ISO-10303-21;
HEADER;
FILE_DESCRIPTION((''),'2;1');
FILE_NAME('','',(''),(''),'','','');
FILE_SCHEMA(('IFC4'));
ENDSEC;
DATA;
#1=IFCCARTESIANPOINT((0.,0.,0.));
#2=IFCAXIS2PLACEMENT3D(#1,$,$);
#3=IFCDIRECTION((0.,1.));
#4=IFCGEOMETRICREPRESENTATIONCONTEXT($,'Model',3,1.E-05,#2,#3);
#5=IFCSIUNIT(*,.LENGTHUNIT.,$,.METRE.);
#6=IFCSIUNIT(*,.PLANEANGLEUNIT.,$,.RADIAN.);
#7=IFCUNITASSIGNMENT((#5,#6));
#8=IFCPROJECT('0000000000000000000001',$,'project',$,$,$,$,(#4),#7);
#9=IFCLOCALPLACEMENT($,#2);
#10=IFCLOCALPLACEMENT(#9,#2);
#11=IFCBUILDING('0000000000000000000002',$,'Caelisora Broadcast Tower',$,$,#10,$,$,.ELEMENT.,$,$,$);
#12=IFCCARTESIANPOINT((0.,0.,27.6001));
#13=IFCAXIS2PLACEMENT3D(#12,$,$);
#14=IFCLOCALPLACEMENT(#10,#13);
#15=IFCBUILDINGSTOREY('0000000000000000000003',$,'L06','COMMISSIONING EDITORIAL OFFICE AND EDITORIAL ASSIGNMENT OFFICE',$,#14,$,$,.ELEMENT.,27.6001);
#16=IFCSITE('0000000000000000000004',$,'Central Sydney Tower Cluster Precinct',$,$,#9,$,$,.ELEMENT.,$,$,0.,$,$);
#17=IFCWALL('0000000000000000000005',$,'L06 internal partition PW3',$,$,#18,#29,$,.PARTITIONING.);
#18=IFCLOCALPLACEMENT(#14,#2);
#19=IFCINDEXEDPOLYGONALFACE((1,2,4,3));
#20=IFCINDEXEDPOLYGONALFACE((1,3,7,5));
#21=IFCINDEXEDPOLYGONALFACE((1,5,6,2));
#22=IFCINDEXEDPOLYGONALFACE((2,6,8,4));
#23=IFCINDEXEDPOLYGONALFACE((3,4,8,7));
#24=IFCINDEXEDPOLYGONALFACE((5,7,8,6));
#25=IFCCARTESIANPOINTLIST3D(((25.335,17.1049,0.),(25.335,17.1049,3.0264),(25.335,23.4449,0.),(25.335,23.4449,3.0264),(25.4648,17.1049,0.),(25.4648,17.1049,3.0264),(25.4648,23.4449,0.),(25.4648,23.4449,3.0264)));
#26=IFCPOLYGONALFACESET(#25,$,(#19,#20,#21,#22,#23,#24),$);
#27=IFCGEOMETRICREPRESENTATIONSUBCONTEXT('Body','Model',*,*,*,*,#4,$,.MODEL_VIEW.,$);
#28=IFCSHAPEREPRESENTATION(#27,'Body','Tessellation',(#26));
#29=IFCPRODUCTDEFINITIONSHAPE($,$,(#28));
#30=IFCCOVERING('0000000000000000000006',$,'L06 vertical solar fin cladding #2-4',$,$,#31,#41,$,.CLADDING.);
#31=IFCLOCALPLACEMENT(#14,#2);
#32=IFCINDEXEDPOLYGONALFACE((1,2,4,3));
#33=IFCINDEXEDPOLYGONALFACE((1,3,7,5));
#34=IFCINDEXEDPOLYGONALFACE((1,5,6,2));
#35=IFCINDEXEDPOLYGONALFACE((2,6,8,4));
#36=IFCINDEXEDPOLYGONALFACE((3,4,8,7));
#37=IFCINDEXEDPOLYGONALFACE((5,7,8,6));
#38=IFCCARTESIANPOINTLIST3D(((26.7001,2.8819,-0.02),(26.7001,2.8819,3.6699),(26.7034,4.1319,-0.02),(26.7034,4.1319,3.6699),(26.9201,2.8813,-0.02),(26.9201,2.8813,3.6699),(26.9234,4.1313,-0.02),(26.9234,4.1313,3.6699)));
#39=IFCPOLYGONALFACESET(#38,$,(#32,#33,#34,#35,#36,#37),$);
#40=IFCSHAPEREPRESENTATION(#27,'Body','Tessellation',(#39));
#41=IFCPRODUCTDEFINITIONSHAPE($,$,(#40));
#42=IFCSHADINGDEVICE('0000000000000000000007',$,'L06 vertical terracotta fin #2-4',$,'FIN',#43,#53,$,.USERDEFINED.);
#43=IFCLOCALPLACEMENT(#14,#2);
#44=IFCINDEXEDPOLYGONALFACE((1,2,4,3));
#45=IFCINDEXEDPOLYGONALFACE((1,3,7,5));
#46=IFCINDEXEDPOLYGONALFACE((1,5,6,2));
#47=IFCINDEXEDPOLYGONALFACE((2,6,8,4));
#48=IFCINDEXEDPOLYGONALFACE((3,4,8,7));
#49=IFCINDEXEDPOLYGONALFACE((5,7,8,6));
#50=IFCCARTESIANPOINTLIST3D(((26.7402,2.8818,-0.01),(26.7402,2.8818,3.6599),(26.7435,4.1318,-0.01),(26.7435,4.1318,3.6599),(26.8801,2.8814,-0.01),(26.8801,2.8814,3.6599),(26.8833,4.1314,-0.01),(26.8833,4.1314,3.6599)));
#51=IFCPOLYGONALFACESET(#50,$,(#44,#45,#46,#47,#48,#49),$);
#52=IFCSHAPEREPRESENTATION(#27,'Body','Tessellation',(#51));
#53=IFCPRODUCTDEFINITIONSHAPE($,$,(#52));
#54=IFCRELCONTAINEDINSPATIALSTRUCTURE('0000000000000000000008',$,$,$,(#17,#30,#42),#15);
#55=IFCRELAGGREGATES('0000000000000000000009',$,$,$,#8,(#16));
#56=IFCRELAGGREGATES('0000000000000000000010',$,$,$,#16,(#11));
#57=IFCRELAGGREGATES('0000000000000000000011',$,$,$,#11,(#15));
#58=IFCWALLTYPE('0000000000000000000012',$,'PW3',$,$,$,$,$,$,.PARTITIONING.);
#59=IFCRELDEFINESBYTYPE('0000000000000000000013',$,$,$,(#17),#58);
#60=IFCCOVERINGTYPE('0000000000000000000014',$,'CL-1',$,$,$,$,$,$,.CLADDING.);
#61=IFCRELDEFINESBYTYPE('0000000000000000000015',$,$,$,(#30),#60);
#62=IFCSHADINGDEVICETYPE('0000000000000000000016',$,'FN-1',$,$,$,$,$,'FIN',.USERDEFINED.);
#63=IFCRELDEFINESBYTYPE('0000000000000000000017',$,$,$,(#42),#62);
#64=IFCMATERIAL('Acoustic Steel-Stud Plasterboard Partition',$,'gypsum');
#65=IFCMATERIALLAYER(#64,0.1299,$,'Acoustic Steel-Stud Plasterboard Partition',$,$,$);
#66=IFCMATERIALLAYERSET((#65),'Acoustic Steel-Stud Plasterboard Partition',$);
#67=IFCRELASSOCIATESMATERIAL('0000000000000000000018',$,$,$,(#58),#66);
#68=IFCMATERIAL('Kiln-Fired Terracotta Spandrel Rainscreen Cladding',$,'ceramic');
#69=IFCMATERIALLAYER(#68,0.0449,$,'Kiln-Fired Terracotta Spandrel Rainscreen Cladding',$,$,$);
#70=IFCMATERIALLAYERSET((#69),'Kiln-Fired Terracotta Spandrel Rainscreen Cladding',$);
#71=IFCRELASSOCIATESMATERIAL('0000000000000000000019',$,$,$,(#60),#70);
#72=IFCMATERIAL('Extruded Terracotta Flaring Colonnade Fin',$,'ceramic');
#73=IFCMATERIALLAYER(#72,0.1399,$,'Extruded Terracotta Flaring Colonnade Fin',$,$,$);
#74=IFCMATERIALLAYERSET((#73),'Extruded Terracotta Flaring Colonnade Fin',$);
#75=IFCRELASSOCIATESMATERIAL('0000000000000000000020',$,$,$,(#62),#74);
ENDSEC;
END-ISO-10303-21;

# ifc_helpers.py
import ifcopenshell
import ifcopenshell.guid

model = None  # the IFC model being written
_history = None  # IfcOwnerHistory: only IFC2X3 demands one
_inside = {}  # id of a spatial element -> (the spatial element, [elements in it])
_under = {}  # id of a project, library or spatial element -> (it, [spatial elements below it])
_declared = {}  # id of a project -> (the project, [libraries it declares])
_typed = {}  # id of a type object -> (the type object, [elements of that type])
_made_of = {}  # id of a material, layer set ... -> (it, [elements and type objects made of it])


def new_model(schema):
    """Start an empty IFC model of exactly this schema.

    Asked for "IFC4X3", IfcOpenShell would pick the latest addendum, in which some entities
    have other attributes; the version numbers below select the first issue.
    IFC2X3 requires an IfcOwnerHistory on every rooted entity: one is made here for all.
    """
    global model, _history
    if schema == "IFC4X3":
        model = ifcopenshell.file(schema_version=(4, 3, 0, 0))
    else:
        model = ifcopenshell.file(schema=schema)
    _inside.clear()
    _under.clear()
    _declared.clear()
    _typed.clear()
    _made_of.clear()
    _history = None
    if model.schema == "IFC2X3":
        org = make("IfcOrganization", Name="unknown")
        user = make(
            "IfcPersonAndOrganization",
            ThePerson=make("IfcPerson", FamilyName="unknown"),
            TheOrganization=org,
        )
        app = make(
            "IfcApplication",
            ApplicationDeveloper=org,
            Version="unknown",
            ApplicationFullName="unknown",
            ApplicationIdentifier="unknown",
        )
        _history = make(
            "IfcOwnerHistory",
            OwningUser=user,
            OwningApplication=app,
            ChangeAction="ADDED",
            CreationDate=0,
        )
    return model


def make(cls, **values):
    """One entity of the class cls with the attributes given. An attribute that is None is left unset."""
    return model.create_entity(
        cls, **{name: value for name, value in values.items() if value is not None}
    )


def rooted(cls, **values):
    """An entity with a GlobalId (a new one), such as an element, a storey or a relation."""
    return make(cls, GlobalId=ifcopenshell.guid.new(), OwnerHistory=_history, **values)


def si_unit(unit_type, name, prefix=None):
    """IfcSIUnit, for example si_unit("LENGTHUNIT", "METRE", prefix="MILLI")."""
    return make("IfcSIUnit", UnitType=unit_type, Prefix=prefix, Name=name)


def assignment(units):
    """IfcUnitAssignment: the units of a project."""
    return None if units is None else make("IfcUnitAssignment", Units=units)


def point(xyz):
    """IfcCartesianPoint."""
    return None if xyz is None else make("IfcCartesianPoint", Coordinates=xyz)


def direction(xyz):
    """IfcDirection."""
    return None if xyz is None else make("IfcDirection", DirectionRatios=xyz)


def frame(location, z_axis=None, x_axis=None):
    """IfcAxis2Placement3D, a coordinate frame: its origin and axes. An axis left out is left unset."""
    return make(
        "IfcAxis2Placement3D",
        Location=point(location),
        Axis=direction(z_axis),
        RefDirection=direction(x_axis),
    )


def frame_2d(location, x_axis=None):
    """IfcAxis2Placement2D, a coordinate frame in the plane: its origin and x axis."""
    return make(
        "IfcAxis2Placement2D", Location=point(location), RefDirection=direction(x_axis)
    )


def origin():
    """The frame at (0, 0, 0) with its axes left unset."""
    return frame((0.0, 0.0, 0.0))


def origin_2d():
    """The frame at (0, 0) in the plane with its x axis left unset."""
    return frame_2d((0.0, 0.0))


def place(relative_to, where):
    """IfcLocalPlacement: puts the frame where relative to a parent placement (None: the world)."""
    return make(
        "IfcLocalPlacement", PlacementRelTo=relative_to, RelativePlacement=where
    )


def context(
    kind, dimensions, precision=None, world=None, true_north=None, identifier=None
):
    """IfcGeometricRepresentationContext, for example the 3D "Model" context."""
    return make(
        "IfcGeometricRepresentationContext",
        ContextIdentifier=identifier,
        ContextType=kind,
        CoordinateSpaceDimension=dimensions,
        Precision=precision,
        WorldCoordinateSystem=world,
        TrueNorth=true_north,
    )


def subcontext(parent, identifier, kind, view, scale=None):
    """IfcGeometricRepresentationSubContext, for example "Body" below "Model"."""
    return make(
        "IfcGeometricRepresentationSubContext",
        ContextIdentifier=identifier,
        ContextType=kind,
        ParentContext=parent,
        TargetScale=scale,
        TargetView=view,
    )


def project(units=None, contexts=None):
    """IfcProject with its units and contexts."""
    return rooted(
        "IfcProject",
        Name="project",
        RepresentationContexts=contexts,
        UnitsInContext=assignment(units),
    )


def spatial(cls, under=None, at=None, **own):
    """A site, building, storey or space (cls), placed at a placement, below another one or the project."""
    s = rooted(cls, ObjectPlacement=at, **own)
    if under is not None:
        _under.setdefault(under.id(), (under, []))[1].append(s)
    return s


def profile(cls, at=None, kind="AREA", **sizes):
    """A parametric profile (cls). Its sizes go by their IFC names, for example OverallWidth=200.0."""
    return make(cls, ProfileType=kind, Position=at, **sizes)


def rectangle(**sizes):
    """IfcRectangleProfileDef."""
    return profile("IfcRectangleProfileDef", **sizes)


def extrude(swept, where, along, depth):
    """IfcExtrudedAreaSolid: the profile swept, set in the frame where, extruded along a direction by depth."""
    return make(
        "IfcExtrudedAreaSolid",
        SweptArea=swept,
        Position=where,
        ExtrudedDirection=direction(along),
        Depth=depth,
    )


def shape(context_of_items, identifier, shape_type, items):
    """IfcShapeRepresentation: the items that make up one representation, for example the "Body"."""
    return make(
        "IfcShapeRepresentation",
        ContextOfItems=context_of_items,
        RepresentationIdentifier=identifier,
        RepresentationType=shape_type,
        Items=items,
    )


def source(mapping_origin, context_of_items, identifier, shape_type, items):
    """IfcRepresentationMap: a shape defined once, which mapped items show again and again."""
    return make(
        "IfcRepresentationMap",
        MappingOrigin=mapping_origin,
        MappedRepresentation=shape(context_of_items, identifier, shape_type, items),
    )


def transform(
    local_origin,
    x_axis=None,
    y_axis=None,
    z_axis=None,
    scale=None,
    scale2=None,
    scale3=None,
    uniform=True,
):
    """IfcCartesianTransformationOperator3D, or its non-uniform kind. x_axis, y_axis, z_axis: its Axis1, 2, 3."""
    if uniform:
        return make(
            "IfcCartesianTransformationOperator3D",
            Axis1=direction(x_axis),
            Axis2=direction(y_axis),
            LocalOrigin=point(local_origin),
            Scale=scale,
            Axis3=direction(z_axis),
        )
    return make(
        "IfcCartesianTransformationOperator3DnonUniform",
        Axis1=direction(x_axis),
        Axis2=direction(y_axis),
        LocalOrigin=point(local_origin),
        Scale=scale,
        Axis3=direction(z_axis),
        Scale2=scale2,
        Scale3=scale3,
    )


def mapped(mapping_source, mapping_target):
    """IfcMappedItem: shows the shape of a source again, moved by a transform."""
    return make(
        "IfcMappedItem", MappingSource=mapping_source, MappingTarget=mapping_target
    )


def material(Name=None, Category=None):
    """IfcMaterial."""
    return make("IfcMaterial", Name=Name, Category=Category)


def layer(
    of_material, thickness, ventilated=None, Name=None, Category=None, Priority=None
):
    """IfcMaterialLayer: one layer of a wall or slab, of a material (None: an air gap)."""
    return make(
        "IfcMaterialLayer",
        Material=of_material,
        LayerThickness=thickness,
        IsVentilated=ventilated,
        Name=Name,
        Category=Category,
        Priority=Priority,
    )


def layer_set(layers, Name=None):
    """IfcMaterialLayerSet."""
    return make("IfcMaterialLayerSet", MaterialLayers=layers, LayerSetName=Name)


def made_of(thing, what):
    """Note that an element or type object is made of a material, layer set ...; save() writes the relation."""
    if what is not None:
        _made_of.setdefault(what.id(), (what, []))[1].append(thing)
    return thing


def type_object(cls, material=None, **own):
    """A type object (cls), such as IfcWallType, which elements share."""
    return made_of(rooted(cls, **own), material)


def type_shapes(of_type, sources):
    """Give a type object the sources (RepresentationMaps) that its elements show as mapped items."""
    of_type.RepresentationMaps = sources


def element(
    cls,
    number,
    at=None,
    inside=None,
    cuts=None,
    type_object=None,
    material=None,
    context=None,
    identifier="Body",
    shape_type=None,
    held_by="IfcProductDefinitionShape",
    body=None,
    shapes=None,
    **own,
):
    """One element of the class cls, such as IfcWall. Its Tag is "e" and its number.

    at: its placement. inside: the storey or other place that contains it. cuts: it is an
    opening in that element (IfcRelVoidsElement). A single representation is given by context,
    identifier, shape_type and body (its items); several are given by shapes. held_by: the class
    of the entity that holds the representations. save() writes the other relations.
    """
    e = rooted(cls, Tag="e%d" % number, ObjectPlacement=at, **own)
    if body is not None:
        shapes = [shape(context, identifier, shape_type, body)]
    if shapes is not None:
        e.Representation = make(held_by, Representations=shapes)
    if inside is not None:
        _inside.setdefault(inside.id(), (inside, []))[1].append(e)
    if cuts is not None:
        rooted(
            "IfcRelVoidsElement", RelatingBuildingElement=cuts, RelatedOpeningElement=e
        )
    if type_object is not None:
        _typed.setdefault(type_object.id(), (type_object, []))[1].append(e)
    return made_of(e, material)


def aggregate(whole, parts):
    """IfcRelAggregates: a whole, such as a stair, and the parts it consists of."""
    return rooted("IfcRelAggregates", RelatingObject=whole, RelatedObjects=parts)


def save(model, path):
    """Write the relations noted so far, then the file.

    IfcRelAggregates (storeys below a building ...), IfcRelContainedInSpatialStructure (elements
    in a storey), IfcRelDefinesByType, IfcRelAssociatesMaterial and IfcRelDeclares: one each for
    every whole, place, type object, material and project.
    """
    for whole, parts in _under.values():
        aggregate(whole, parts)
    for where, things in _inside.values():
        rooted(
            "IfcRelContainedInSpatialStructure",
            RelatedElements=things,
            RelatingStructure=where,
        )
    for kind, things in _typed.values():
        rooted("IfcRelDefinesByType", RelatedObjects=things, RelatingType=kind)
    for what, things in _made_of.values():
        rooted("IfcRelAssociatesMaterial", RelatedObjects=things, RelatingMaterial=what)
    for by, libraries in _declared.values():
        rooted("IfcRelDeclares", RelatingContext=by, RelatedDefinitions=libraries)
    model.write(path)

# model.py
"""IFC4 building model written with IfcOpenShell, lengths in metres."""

from ifc_helpers import new_model, si_unit, direction, frame, frame_2d, origin, origin_2d, place, context, subcontext, project, spatial, rectangle, extrude, source, transform, mapped, material, layer, layer_set, type_object, type_shapes, element, save


model = new_model("IFC4")

# Units and contexts
model_context = context("Model", 3, precision=1e-05, world=origin(), true_north=direction((0.0, 1.0)))
body_context = subcontext(model_context, "Body", "Model", "MODEL_VIEW")
ifc_project = project(units=[si_unit("LENGTHUNIT", "METRE"), si_unit("PLANEANGLEUNIT", "RADIAN")], contexts=[model_context])

# Site, building, storey
site_placement = place(None, origin())
site = spatial("IfcSite", under=ifc_project, at=site_placement, Name="Central Sydney Tower Cluster Precinct", CompositionType="ELEMENT", RefElevation=0.0)
building_placement = place(site_placement, origin())
building = spatial("IfcBuilding", under=site, at=building_placement, Name="Caelisora Broadcast Tower", CompositionType="ELEMENT")
storey_placement = place(building_placement, frame((0.0, 0.0, 27.6001)))
storey = spatial("IfcBuildingStorey", under=building, at=storey_placement, Name="L06", Description="COMMISSIONING EDITORIAL OFFICE AND EDITORIAL ASSIGNMENT OFFICE", CompositionType="ELEMENT", Elevation=27.6001)

# Shared definitions
ifc_material_1 = material(Name="Acoustic Steel-Stud Plasterboard Partition", Category="gypsum")
ifc_layer_1 = layer(ifc_material_1, 0.1299, Name="Acoustic Steel-Stud Plasterboard Partition")
ifc_layer_set_1 = layer_set([ifc_layer_1], Name="Acoustic Steel-Stud Plasterboard Partition")
wall_type_1 = type_object("IfcWallType", Name="PW3", PredefinedType="PARTITIONING", material=ifc_layer_set_1)

# Wall
wall_1_placement = place(storey_placement, frame((25.3999, 17.105, 0.0), z_axis=(0.0, 0.0, 1.0), x_axis=(0.0, 1.0, 0.0)))
element("IfcWall", 1, at=wall_1_placement, inside=storey, type_object=wall_type_1, Name="L06 internal partition PW3", PredefinedType="PARTITIONING", context=body_context, shape_type="SweptSolid", body=[
    extrude(rectangle(XDim=6.3401, YDim=0.1299, at=frame_2d((3.1699, 0.0))), origin(), (0.0, 0.0, 1.0), 3.0264),
])

# Covering
ifc_material_2 = material(Name="Kiln-Fired Terracotta Spandrel Rainscreen Cladding", Category="ceramic")
ifc_layer_2 = layer(ifc_material_2, 0.0449, Name="Kiln-Fired Terracotta Spandrel Rainscreen Cladding")
ifc_layer_set_2 = layer_set([ifc_layer_2], Name="Kiln-Fired Terracotta Spandrel Rainscreen Cladding")
covering_type = type_object("IfcCoveringType", Name="CL-1", PredefinedType="CLADDING", material=ifc_layer_set_2)
shared_shape_1 = source(origin(), body_context, "Body", "SweptSolid", [
    extrude(rectangle(XDim=0.22, YDim=1.25, at=origin_2d()), origin(), (0.0, 0.0, 1.0), 3.6899),
])
type_shapes(covering_type, [shared_shape_1])
covering_placement = place(storey_placement, frame((26.8118, 3.5066, -0.02), z_axis=(0.0, 0.0, 1.0), x_axis=(-0.999997, 0.002618, 0.0)))
element("IfcCovering", 2, at=covering_placement, inside=storey, type_object=covering_type, Name="L06 vertical solar fin cladding #2-4", PredefinedType="CLADDING", context=body_context, shape_type="MappedRepresentation", body=[
    mapped(shared_shape_1, transform((0.0, 0.0, 0.0), scale=1.0)),
])

# Shading device
ifc_material_3 = material(Name="Extruded Terracotta Flaring Colonnade Fin", Category="ceramic")
ifc_layer_3 = layer(ifc_material_3, 0.1399, Name="Extruded Terracotta Flaring Colonnade Fin")
ifc_layer_set_3 = layer_set([ifc_layer_3], Name="Extruded Terracotta Flaring Colonnade Fin")
shading_device_type = type_object("IfcShadingDeviceType", Name="FN-1", ElementType="FIN", PredefinedType="USERDEFINED", material=ifc_layer_set_3)
shared_shape_2 = source(origin(), body_context, "Body", "SweptSolid", [
    extrude(rectangle(XDim=0.1399, YDim=1.25, at=origin_2d()), origin(), (0.0, 0.0, 1.0), 3.6699),
])
type_shapes(shading_device_type, [shared_shape_2])
shading_device_placement = place(storey_placement, frame((26.8118, 3.5066, -0.01), z_axis=(0.0, 0.0, 1.0), x_axis=(-0.999997, 0.002618, 0.0)))
element("IfcShadingDevice", 3, at=shading_device_placement, inside=storey, type_object=shading_device_type, Name="L06 vertical terracotta fin #2-4", ObjectType="FIN", PredefinedType="USERDEFINED", context=body_context, shape_type="MappedRepresentation", body=[
    mapped(shared_shape_2, transform((0.0, 0.0, 0.0), scale=1.0)),
])

save(model, "model.ifc")
